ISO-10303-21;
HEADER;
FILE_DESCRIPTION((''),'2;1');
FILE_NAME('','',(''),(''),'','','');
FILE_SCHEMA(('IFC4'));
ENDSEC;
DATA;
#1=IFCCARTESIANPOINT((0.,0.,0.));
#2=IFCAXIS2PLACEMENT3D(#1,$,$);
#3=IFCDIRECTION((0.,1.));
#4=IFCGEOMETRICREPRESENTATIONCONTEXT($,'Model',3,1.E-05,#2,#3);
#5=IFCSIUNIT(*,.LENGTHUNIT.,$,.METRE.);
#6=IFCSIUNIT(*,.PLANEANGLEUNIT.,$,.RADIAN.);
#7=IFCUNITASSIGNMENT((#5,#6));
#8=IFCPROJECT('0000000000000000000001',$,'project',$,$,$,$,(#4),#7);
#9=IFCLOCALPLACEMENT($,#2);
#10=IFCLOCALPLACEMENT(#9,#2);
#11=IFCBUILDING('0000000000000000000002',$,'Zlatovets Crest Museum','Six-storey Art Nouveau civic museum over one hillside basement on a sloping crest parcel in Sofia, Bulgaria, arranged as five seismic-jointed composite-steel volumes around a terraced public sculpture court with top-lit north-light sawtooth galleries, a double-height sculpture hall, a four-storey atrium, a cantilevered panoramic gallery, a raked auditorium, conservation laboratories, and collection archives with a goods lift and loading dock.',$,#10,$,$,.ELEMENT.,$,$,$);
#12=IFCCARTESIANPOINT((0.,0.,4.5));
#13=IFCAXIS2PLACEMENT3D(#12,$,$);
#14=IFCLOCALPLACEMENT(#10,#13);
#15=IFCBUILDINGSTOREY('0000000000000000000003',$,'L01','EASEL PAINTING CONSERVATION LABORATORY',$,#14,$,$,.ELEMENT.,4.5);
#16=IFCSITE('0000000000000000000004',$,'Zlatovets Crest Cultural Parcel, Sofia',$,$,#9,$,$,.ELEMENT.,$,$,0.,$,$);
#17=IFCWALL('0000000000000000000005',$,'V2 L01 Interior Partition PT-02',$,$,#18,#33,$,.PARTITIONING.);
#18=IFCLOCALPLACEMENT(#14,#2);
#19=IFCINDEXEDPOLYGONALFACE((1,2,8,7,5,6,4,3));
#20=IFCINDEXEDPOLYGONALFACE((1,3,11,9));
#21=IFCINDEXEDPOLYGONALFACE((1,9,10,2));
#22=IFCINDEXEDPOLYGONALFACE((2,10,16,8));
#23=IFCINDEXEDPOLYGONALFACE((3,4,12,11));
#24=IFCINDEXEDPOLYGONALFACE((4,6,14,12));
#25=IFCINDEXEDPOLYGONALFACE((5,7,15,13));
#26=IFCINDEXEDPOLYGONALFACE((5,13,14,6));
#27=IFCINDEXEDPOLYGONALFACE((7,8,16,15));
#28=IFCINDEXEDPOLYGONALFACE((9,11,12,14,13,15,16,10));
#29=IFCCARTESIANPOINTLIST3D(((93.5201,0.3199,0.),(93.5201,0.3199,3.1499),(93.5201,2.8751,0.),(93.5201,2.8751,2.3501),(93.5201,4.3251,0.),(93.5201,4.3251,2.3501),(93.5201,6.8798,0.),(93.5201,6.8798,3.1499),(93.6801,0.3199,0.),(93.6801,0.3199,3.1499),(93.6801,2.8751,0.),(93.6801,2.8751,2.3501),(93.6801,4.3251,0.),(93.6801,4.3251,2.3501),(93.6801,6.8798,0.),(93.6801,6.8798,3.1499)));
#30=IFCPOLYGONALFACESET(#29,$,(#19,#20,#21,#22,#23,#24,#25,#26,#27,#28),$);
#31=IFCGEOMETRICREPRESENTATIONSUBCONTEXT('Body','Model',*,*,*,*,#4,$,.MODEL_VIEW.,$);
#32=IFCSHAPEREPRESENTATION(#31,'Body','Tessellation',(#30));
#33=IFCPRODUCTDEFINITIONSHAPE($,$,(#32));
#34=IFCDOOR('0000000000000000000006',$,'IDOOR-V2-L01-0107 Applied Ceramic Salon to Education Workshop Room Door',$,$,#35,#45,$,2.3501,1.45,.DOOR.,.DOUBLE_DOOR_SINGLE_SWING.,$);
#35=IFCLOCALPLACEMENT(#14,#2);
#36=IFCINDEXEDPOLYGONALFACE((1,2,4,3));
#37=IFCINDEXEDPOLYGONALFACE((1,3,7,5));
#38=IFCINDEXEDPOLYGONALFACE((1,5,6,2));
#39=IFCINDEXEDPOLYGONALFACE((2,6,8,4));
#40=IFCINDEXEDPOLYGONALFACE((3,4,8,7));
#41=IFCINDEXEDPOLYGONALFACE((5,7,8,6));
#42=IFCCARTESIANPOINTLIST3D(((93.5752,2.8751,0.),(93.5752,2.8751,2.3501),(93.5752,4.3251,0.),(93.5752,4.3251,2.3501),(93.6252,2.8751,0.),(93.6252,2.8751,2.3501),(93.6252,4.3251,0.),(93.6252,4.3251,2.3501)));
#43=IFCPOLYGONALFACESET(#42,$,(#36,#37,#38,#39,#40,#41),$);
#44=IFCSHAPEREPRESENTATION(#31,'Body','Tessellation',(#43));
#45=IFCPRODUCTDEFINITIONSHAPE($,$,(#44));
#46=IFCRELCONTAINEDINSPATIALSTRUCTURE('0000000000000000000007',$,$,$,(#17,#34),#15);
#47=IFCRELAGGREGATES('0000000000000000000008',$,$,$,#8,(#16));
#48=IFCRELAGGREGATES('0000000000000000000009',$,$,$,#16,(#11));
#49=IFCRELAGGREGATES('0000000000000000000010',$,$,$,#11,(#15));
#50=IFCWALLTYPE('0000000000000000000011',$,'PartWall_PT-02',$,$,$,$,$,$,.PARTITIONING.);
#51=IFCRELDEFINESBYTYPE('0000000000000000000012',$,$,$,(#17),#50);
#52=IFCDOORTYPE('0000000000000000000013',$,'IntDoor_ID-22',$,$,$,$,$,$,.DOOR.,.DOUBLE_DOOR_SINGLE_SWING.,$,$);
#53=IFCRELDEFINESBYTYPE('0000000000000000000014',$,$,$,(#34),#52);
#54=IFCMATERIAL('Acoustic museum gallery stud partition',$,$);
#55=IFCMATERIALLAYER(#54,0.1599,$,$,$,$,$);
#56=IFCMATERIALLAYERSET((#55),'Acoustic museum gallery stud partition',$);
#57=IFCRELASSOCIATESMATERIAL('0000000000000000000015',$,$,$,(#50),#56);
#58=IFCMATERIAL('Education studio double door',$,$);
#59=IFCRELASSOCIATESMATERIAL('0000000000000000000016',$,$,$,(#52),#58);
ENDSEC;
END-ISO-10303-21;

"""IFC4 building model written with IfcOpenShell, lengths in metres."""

from ifc_helpers import new_model, si_unit, direction, frame, frame_2d, origin, place, context, subcontext, project, spatial, rectangle, extrude, material, layer, layer_set, type_object, element, fill, save


model = new_model("IFC4")

# Units and contexts
model_context = context("Model", 3, precision=1e-05, world=origin(), true_north=direction((0.0, 1.0)))
body_context = subcontext(model_context, "Body", "Model", "MODEL_VIEW")
ifc_project = project(units=[si_unit("LENGTHUNIT", "METRE"), si_unit("PLANEANGLEUNIT", "RADIAN")], contexts=[model_context])

# Site, building, storey
site_placement = place(None, origin())
site = spatial("IfcSite", under=ifc_project, at=site_placement, Name="Zlatovets Crest Cultural Parcel, Sofia", CompositionType="ELEMENT", RefElevation=0.0)
building_placement = place(site_placement, origin())
building = spatial("IfcBuilding", under=site, at=building_placement, Name="Zlatovets Crest Museum", Description="Six-storey Art Nouveau civic museum over one hillside basement on a sloping crest parcel in Sofia, Bulgaria, arranged as five seismic-jointed composite-steel volumes around a terraced public sculpture court with top-lit north-light sawtooth galleries, a double-height sculpture hall, a four-storey atrium, a cantilevered panoramic gallery, a raked auditorium, conservation laboratories, and collection archives with a goods lift and loading dock.", CompositionType="ELEMENT")
storey_placement = place(building_placement, frame((0.0, 0.0, 4.5)))
storey = spatial("IfcBuildingStorey", under=building, at=storey_placement, Name="L01", Description="EASEL PAINTING CONSERVATION LABORATORY", CompositionType="ELEMENT", Elevation=4.5)

# Wall, opening, door
ifc_material_1 = material(Name="Acoustic museum gallery stud partition")
ifc_layer_1 = layer(ifc_material_1, 0.1599)
ifc_layer_set_1 = layer_set([ifc_layer_1], Name="Acoustic museum gallery stud partition")
wall_type_1 = type_object("IfcWallType", Name="PartWall_PT-02", PredefinedType="PARTITIONING", material=ifc_layer_set_1)
wall_1_placement = place(storey_placement, frame((93.6001, 0.3201, 0.0), z_axis=(0.0, 0.0, 1.0), x_axis=(0.0, 1.0, 0.0)))
wall_1 = element("IfcWall", 1, at=wall_1_placement, inside=storey, type_object=wall_type_1, Name="V2 L01 Interior Partition PT-02", PredefinedType="PARTITIONING", context=body_context, shape_type="SweptSolid", body=[
    extrude(rectangle(XDim=6.5598, YDim=0.1599, at=frame_2d((3.2798, 0.0))), origin(), (0.0, 0.0, 1.0), 3.1499),
])
opening_1_placement = place(wall_1_placement, frame((2.5549, 0.0, 0.0)))
opening_1 = element("IfcOpeningElement", 2, at=opening_1_placement, cuts=wall_1, PredefinedType="OPENING", context=body_context, shape_type="SweptSolid", body=[
    extrude(rectangle(XDim=1.45, YDim=2.3501, at=frame_2d((0.7251, 1.175))), frame((0.0, 0.0898, 0.0), z_axis=(0.0, -1.0, 0.0), x_axis=(1.0, 0.0, 0.0)), (0.0, 0.0, 1.0), 0.1799),
])
ifc_material_2 = material(Name="Education studio double door")
door_type_1 = type_object("IfcDoorType", Name="IntDoor_ID-22", OperationType="DOUBLE_DOOR_SINGLE_SWING", PredefinedType="DOOR", material=ifc_material_2)
door_1_placement = place(opening_1_placement, origin())
door_1 = element("IfcDoor", 3, at=door_1_placement, inside=storey, type_object=door_type_1, Name="IDOOR-V2-L01-0107 Applied Ceramic Salon to Education Workshop Room Door", OperationType="DOUBLE_DOOR_SINGLE_SWING", OverallHeight=2.3501, OverallWidth=1.45, PredefinedType="DOOR", context=body_context, shape_type="SweptSolid", body=[
    extrude(rectangle(XDim=1.45, YDim=2.3501, at=frame_2d((0.7251, 1.175))), frame((0.0, 0.0249, 0.0), z_axis=(0.0, -1.0, 0.0), x_axis=(1.0, 0.0, 0.0)), (0.0, 0.0, 1.0), 0.05),
])
fill(opening_1, door_1)

save(model, "model.ifc")
